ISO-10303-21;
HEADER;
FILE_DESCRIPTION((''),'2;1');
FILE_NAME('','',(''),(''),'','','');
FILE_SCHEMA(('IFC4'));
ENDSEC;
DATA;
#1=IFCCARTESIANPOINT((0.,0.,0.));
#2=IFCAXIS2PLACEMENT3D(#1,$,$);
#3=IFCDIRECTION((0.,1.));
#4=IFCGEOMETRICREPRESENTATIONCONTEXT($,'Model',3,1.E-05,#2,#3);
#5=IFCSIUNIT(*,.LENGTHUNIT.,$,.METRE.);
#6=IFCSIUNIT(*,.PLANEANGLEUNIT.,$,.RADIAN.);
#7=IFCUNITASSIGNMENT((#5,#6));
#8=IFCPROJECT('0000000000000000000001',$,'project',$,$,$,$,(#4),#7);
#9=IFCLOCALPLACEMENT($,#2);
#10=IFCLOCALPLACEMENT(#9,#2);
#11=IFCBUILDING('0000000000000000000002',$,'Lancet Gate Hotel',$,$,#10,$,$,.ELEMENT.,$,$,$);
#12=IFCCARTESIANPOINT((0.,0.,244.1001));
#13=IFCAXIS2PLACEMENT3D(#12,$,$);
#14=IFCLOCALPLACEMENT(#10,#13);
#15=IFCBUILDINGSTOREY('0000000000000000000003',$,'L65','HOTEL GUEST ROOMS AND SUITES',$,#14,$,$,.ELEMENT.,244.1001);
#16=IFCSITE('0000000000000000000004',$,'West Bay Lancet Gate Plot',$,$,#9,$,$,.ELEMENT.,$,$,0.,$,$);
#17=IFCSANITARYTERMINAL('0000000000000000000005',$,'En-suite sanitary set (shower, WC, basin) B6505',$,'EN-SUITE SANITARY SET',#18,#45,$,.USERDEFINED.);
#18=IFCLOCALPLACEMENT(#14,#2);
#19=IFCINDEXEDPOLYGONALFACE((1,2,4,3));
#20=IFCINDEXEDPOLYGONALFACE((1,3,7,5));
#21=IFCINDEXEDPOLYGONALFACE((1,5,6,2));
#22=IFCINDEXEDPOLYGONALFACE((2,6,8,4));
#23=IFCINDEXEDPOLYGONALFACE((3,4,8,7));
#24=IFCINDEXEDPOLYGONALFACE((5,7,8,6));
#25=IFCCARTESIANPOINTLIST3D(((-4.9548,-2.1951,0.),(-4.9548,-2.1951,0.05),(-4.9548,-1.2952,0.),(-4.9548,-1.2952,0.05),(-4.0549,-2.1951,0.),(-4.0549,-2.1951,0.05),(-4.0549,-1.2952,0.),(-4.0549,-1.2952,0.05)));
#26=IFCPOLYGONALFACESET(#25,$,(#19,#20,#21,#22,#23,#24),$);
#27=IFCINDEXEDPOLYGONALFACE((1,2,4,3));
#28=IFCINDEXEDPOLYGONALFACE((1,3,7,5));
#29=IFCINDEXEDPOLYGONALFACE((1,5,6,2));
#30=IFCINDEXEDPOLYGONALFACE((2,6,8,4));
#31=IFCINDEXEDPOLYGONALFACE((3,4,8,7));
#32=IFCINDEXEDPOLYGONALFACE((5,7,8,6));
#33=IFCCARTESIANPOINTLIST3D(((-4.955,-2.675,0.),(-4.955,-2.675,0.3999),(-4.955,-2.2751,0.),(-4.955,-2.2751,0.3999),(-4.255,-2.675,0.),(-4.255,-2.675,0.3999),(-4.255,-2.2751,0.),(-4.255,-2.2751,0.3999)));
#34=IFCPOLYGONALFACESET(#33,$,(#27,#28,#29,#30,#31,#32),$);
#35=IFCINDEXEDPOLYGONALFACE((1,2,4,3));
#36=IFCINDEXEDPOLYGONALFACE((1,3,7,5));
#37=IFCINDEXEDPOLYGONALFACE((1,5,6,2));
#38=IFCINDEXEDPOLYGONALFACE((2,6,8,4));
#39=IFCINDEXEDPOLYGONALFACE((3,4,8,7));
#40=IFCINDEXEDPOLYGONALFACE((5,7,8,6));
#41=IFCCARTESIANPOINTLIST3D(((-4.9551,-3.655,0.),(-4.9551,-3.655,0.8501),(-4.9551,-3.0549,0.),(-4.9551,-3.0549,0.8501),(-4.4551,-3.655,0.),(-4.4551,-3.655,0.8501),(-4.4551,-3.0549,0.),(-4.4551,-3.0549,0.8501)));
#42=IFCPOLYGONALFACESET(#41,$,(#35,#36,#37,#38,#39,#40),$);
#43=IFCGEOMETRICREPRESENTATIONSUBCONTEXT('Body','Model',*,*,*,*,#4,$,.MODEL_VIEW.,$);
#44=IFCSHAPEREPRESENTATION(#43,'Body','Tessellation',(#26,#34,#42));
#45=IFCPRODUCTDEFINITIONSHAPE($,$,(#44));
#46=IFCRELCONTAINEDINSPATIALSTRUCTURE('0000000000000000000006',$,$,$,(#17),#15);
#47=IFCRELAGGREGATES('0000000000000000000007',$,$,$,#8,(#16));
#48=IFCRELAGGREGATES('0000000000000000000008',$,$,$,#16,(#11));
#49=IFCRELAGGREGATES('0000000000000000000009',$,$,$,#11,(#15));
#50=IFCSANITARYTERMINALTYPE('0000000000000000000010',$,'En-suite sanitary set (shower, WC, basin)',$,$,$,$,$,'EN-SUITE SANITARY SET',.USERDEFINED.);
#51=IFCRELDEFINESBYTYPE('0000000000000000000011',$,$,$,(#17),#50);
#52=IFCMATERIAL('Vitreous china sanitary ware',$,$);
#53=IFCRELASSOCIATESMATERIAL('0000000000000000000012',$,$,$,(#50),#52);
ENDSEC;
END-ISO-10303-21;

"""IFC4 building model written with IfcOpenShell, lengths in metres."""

from ifc_helpers import new_model, si_unit, direction, frame, origin, origin_2d, place, context, subcontext, project, spatial, rectangle, extrude, material, type_object, element, save


model = new_model("IFC4")

# Units and contexts
model_context = context("Model", 3, precision=1e-05, world=origin(), true_north=direction((0.0, 1.0)))
body_context = subcontext(model_context, "Body", "Model", "MODEL_VIEW")
ifc_project = project(units=[si_unit("LENGTHUNIT", "METRE"), si_unit("PLANEANGLEUNIT", "RADIAN")], contexts=[model_context])

# Site, building, storey
site_placement = place(None, origin())
site = spatial("IfcSite", under=ifc_project, at=site_placement, Name="West Bay Lancet Gate Plot", CompositionType="ELEMENT", RefElevation=0.0)
building_placement = place(site_placement, origin())
building = spatial("IfcBuilding", under=site, at=building_placement, Name="Lancet Gate Hotel", CompositionType="ELEMENT")
storey_placement = place(building_placement, frame((0.0, 0.0, 244.1001)))
storey = spatial("IfcBuildingStorey", under=building, at=storey_placement, Name="L65", Description="HOTEL GUEST ROOMS AND SUITES", CompositionType="ELEMENT", Elevation=244.1001)

# Sanitary terminal
ifc_material_1 = material(Name="Vitreous china sanitary ware")
sanitary_terminal_type = type_object("IfcSanitaryTerminalType", Name="En-suite sanitary set (shower, WC, basin)", ElementType="EN-SUITE SANITARY SET", PredefinedType="USERDEFINED", material=ifc_material_1)
sanitary_terminal_placement = place(storey_placement, frame((-4.5049, -1.7451, 0.0), z_axis=(0.0, 0.0, 1.0), x_axis=(1.0, 0.0, 0.0)))
element("IfcSanitaryTerminal", 1, at=sanitary_terminal_placement, inside=storey, type_object=sanitary_terminal_type, Name="En-suite sanitary set (shower, WC, basin) B6505", ObjectType="EN-SUITE SANITARY SET", PredefinedType="USERDEFINED", context=body_context, shape_type="SweptSolid", body=[
    extrude(rectangle(XDim=0.8999, YDim=0.8999, at=origin_2d()), frame((0.0, 0.0, 0.0), z_axis=(0.0, 0.0, 1.0), x_axis=(0.0, 1.0, 0.0)), (0.0, 0.0, 1.0), 0.05),
    extrude(rectangle(XDim=0.3999, YDim=0.7, at=origin_2d()), frame((-0.1001, -0.73, 0.0), z_axis=(0.0, 0.0, 1.0), x_axis=(0.0, 1.0, 0.0)), (0.0, 0.0, 1.0), 0.3999),
    extrude(rectangle(XDim=0.6001, YDim=0.5, at=origin_2d()), frame((-0.2002, -1.6099, 0.0), z_axis=(0.0, 0.0, 1.0), x_axis=(0.0, 1.0, 0.0)), (0.0, 0.0, 1.0), 0.8501),
])

save(model, "model.ifc")
